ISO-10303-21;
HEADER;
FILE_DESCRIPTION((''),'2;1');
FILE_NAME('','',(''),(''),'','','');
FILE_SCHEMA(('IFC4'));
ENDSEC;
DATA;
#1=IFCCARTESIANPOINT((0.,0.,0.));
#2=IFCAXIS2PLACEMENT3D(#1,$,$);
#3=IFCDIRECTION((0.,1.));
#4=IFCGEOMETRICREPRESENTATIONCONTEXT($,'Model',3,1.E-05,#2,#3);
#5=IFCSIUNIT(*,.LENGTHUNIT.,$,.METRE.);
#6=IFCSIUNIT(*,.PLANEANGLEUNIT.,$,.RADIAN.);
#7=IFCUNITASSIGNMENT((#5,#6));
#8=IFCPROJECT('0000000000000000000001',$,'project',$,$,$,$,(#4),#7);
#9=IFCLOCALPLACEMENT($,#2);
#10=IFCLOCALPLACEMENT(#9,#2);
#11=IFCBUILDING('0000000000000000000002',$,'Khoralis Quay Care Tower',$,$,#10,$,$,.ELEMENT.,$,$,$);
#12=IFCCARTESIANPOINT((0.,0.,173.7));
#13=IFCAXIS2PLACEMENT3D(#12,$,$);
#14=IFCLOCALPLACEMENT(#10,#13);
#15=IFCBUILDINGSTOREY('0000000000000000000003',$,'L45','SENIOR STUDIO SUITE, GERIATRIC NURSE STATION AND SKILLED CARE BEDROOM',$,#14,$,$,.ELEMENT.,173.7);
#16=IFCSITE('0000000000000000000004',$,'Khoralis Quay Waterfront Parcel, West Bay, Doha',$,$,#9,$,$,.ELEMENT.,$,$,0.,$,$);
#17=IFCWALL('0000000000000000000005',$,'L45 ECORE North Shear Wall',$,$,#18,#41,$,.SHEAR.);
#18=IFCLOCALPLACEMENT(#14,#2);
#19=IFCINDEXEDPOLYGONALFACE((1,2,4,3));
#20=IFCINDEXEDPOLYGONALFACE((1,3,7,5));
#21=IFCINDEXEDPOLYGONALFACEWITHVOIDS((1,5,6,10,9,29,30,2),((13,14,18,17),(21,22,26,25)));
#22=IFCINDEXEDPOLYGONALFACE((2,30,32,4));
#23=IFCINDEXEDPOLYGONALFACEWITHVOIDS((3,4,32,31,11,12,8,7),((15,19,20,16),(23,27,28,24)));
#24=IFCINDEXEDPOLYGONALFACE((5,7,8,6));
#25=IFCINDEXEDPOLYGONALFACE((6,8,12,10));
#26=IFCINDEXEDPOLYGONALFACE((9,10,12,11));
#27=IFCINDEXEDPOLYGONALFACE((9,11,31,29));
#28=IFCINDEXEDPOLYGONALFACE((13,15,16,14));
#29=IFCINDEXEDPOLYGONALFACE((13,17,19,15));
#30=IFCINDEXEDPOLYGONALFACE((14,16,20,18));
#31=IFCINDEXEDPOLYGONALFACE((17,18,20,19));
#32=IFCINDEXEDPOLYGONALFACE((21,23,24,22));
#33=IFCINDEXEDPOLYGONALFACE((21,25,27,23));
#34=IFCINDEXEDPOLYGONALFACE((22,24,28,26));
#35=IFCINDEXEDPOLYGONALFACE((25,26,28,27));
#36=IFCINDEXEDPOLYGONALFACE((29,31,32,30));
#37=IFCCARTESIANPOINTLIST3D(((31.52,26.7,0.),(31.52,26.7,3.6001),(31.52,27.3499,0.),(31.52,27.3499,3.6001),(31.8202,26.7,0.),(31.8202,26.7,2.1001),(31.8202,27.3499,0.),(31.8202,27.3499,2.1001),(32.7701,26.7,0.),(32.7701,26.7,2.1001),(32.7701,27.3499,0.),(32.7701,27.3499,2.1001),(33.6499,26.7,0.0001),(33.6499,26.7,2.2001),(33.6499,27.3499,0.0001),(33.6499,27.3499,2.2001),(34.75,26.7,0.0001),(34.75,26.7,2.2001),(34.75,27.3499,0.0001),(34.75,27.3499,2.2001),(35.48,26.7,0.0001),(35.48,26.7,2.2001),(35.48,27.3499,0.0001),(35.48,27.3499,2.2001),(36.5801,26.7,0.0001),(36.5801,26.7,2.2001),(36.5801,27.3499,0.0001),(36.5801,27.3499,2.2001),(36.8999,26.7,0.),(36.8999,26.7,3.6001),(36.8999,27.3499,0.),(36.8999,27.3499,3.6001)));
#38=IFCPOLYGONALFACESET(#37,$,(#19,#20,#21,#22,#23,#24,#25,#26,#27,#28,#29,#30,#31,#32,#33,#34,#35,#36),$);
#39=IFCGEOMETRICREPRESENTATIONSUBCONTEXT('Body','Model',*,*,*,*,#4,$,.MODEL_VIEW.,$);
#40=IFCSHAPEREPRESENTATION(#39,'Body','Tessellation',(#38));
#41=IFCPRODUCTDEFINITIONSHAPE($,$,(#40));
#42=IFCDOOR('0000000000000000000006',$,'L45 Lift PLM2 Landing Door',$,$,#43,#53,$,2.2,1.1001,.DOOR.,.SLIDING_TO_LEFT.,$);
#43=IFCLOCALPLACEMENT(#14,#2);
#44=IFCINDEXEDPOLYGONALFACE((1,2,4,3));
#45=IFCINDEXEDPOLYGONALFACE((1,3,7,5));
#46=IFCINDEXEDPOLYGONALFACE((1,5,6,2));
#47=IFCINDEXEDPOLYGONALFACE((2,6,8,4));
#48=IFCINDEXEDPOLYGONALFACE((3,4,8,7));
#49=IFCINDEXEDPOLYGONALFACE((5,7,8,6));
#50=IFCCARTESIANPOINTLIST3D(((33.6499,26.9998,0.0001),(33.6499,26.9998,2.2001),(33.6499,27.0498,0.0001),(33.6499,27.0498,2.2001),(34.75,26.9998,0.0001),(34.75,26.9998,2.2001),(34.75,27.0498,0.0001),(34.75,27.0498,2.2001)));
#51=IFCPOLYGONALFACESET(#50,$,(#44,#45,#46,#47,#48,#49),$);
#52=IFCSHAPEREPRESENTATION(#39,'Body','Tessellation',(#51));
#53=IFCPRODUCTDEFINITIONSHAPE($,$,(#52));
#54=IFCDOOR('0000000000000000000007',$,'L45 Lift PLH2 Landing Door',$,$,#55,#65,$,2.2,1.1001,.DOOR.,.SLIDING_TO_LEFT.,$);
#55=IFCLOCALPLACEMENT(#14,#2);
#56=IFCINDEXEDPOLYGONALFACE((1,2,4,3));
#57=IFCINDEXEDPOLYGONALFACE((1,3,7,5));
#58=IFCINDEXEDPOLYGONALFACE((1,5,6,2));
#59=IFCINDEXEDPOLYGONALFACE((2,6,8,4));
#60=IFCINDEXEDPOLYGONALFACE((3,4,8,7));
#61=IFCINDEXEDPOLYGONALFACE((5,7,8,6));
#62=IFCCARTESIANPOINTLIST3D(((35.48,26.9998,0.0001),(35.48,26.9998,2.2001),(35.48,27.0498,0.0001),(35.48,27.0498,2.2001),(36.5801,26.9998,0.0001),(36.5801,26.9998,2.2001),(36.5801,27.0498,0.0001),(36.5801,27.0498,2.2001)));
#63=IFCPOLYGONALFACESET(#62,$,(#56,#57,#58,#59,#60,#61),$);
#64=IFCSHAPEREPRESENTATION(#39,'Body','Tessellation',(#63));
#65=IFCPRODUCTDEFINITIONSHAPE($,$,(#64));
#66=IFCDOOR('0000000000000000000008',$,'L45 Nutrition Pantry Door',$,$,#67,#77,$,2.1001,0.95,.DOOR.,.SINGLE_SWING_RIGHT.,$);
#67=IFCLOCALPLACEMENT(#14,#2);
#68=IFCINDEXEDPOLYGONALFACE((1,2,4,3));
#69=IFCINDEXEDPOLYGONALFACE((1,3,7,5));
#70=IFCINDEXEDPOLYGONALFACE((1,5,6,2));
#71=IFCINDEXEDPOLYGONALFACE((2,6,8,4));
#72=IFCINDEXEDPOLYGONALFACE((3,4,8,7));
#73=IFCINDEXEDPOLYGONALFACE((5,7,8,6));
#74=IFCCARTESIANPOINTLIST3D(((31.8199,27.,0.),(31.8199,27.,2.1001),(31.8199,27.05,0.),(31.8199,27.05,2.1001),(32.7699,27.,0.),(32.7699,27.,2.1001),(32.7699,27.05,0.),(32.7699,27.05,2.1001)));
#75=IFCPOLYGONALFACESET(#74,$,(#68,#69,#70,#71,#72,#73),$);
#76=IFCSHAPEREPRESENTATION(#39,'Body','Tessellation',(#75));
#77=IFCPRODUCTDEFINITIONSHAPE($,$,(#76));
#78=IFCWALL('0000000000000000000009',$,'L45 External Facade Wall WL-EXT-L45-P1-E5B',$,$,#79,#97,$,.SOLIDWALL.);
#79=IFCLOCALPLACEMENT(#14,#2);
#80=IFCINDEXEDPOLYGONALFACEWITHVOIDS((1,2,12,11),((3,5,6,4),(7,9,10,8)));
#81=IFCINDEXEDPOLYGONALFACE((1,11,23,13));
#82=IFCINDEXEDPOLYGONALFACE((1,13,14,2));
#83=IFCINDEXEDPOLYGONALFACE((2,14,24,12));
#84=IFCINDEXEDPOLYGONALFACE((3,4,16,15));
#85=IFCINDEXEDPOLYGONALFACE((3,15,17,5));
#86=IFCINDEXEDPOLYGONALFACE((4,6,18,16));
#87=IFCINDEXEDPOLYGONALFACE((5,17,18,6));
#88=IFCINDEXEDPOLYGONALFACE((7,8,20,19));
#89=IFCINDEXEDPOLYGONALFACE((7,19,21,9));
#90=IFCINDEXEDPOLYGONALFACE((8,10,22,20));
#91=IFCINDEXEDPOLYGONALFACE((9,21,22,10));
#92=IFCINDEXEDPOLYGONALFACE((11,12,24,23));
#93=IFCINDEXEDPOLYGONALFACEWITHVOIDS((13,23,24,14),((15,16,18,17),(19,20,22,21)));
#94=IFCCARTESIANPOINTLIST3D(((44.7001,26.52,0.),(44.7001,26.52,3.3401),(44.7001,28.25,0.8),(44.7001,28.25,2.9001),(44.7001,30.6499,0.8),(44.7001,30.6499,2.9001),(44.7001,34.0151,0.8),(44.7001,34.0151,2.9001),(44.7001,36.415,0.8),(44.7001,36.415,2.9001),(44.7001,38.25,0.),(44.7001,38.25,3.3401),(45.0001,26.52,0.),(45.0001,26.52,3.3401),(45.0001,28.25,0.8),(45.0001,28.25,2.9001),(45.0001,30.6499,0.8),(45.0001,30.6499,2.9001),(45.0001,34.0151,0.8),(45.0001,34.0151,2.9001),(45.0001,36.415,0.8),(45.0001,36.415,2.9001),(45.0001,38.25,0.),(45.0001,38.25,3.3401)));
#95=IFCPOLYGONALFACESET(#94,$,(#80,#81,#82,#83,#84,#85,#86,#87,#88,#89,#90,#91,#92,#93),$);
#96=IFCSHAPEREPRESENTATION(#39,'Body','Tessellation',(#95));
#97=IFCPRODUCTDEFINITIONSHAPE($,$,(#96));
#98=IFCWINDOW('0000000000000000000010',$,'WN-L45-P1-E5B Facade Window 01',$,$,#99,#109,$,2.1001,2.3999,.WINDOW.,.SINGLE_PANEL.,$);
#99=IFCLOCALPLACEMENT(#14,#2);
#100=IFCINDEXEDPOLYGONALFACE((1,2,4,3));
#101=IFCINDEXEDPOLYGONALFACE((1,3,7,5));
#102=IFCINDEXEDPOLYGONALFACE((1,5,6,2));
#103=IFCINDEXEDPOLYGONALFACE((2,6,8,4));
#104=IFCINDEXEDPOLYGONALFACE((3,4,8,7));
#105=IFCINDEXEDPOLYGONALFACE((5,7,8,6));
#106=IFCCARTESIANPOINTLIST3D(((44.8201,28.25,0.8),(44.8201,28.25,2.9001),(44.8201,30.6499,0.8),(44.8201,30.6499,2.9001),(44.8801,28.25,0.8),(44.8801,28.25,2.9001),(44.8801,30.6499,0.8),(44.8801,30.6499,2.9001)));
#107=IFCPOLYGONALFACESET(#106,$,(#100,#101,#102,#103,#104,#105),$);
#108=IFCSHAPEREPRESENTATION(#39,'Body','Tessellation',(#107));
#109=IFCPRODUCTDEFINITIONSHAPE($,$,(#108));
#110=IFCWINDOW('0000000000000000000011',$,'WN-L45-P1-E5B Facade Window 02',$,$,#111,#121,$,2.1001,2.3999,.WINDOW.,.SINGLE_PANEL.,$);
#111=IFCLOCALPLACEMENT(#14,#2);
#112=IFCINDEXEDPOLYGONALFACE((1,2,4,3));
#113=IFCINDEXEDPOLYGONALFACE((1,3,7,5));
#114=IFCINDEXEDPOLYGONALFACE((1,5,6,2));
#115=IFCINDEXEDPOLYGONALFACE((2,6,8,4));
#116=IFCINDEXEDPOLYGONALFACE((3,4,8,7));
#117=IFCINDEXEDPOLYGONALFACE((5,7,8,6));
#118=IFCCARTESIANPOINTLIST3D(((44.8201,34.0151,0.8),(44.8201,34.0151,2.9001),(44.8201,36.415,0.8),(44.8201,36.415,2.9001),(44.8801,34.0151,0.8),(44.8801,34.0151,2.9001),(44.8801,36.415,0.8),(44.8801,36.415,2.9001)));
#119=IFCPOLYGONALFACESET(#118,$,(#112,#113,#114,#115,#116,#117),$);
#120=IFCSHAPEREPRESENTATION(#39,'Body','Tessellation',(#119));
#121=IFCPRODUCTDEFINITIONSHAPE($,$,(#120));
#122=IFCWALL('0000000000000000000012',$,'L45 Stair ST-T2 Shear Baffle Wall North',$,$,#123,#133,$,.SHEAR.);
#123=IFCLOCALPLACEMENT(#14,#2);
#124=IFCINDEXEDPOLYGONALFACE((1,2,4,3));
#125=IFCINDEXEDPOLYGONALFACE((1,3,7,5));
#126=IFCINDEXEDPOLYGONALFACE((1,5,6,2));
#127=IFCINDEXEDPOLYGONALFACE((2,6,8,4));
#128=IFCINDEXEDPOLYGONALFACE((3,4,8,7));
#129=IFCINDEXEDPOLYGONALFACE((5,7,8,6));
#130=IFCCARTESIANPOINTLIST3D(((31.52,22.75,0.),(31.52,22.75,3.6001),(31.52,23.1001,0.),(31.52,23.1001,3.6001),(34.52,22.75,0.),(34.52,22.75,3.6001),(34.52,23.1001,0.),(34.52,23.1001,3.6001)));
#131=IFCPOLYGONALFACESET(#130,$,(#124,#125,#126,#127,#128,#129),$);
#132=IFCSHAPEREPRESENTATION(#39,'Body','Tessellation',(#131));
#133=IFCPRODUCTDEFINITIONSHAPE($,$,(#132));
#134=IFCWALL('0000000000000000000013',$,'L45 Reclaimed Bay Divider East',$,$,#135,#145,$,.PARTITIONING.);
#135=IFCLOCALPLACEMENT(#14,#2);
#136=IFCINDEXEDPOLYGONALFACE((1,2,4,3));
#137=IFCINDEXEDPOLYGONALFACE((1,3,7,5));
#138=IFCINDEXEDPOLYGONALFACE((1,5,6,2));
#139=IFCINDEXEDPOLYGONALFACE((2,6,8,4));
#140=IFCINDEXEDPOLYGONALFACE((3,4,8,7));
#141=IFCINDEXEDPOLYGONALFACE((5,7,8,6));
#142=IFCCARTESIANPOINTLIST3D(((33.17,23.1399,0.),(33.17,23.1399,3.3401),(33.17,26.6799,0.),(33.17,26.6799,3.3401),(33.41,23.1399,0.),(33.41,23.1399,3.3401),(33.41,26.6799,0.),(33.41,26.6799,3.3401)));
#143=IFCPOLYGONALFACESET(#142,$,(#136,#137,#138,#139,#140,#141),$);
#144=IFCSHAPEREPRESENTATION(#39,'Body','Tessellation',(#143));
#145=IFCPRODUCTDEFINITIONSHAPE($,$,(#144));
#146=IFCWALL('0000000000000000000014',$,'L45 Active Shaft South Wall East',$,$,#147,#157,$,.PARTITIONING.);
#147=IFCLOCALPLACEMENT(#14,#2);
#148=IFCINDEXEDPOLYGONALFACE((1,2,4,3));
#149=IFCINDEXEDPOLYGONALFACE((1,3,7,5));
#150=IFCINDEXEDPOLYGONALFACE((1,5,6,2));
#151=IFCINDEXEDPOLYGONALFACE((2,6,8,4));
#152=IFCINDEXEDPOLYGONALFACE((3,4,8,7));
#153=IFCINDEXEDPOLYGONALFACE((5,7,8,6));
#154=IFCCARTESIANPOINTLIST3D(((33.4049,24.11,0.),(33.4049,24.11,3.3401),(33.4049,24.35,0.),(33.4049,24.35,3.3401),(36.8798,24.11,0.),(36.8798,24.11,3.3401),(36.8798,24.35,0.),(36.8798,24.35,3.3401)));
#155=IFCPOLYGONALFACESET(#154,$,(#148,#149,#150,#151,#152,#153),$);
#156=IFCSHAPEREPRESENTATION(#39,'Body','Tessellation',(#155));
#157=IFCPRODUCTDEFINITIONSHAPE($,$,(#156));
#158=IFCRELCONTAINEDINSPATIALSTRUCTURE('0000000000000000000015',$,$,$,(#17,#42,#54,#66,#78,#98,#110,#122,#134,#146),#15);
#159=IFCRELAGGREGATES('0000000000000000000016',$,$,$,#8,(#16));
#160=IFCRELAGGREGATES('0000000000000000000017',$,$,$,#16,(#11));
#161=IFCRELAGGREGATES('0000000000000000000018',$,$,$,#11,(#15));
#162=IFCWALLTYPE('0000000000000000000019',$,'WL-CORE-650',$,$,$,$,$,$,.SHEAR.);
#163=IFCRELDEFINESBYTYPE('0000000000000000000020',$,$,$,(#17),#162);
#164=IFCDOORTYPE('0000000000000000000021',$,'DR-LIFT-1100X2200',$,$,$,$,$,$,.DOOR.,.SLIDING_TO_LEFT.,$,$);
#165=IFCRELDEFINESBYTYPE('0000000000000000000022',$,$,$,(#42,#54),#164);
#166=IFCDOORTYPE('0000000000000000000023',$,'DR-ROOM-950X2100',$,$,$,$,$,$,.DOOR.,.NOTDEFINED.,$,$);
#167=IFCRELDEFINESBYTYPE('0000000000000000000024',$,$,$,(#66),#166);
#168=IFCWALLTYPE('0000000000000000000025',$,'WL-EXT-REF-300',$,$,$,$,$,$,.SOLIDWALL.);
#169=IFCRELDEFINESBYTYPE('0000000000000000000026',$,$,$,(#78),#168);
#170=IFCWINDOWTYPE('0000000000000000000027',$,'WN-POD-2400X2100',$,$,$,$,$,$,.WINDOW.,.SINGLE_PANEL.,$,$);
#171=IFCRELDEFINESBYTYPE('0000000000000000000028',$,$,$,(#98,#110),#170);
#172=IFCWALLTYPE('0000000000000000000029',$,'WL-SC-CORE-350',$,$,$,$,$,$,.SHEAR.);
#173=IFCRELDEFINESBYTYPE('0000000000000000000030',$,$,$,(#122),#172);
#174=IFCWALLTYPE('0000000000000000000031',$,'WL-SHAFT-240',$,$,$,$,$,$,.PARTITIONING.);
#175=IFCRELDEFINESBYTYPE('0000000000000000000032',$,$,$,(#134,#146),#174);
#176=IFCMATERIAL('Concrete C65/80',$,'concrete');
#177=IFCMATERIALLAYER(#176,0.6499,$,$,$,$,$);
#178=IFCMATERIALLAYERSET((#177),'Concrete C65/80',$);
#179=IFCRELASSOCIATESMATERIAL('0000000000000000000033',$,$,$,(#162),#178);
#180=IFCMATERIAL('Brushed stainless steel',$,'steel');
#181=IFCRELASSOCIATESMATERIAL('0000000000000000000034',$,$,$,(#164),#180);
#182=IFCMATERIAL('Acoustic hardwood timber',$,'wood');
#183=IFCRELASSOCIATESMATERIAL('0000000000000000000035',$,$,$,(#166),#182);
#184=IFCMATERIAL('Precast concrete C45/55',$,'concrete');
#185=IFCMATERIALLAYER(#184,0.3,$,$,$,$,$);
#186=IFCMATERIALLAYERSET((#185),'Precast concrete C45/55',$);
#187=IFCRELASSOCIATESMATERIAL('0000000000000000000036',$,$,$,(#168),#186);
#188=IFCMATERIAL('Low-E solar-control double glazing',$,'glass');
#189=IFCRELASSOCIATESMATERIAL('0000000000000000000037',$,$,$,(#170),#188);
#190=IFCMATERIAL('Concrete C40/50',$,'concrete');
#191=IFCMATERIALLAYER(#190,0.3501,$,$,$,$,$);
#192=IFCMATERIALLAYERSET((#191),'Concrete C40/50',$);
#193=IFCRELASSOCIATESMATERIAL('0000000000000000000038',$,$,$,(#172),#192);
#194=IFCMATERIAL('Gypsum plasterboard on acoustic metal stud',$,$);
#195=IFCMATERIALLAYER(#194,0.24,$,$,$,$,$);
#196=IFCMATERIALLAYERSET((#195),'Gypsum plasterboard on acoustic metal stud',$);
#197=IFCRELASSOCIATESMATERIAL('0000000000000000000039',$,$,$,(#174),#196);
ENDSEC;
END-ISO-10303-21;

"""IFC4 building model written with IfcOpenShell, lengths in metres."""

from ifc_helpers import new_model, si_unit, direction, frame, frame_2d, origin, place, context, subcontext, project, spatial, rectangle, extrude, source, transform, mapped, material, layer, layer_set, type_object, element, fill, save


model = new_model("IFC4")

# Units and contexts
model_context = context("Model", 3, precision=1e-05, world=origin(), true_north=direction((0.0, 1.0)))
body_context = subcontext(model_context, "Body", "Model", "MODEL_VIEW")
ifc_project = project(units=[si_unit("LENGTHUNIT", "METRE"), si_unit("PLANEANGLEUNIT", "RADIAN")], contexts=[model_context])

# Site, building, storey
site_placement = place(None, origin())
site = spatial("IfcSite", under=ifc_project, at=site_placement, Name="Khoralis Quay Waterfront Parcel, West Bay, Doha", CompositionType="ELEMENT", RefElevation=0.0)
building_placement = place(site_placement, origin())
building = spatial("IfcBuilding", under=site, at=building_placement, Name="Khoralis Quay Care Tower", CompositionType="ELEMENT")
storey_placement = place(building_placement, frame((0.0, 0.0, 173.7)))
storey = spatial("IfcBuildingStorey", under=building, at=storey_placement, Name="L45", Description="SENIOR STUDIO SUITE, GERIATRIC NURSE STATION AND SKILLED CARE BEDROOM", CompositionType="ELEMENT", Elevation=173.7)

# Shared definitions
ifc_material_1 = material(Name="Concrete C65/80", Category="concrete")

# Shared definitions
ifc_material_2 = material(Name="Low-E solar-control double glazing", Category="glass")

# Wall, openings, doors
ifc_layer_1 = layer(ifc_material_1, 0.6499)
ifc_layer_set_1 = layer_set([ifc_layer_1], Name="Concrete C65/80")
wall_type_1 = type_object("IfcWallType", Name="WL-CORE-650", PredefinedType="SHEAR", material=ifc_layer_set_1)
wall_1_placement = place(storey_placement, frame((31.52, 27.0249, 0.0), z_axis=(0.0, 0.0, 1.0), x_axis=(1.0, 0.0, 0.0)))
wall_1 = element("IfcWall", 1, at=wall_1_placement, inside=storey, type_object=wall_type_1, Name="L45 ECORE North Shear Wall", PredefinedType="SHEAR", context=body_context, shape_type="SweptSolid", body=[
    extrude(rectangle(XDim=5.3799, YDim=0.6499, at=frame_2d((2.6899, 0.0))), origin(), (0.0, 0.0, 1.0), 3.6001),
])
opening_1_placement = place(wall_1_placement, frame((0.3, 0.0, 0.0)))
opening_1 = element("IfcOpeningElement", 2, at=opening_1_placement, cuts=wall_1, PredefinedType="OPENING", context=body_context, shape_type="SweptSolid", body=[
    extrude(rectangle(XDim=0.95, YDim=2.1001, at=frame_2d((0.4751, 1.05))), frame((0.0, 0.335, 0.0), z_axis=(0.0, -1.0, 0.0), x_axis=(1.0, 0.0, 0.0)), (0.0, 0.0, 1.0), 0.6699),
])
opening_2_placement = place(wall_1_placement, frame((2.1299, 0.0, 0.0)))
opening_2 = element("IfcOpeningElement", 3, at=opening_2_placement, cuts=wall_1, PredefinedType="OPENING", context=body_context, shape_type="SweptSolid", body=[
    extrude(rectangle(XDim=1.1001, YDim=2.2, at=frame_2d((0.55, 1.1001))), frame((0.0, 0.335, 0.0), z_axis=(0.0, -1.0, 0.0), x_axis=(1.0, 0.0, 0.0)), (0.0, 0.0, 1.0), 0.6699),
])
opening_3_placement = place(wall_1_placement, frame((3.96, 0.0, 0.0)))
opening_3 = element("IfcOpeningElement", 4, at=opening_3_placement, cuts=wall_1, PredefinedType="OPENING", context=body_context, shape_type="SweptSolid", body=[
    extrude(rectangle(XDim=1.1001, YDim=2.2, at=frame_2d((0.55, 1.1001))), frame((0.0, 0.335, 0.0), z_axis=(0.0, -1.0, 0.0), x_axis=(1.0, 0.0, 0.0)), (0.0, 0.0, 1.0), 0.6699),
])
ifc_material_3 = material(Name="Brushed stainless steel", Category="steel")
door_type_1 = type_object("IfcDoorType", Name="DR-LIFT-1100X2200", OperationType="SLIDING_TO_LEFT", PredefinedType="DOOR", material=ifc_material_3)
shared_shape_1 = source(origin(), body_context, "Body", "SweptSolid", [
    extrude(rectangle(XDim=1.1001, YDim=2.2, at=frame_2d((0.55, 1.1001))), frame((0.0, 0.0249, 0.0), z_axis=(0.0, -1.0, 0.0), x_axis=(1.0, 0.0, 0.0)), (0.0, 0.0, 1.0), 0.05),
])
door_1_placement = place(opening_2_placement, origin())
door_1 = element("IfcDoor", 5, at=door_1_placement, inside=storey, type_object=door_type_1, Name="L45 Lift PLM2 Landing Door", OperationType="SLIDING_TO_LEFT", OverallHeight=2.2, OverallWidth=1.1001, PredefinedType="DOOR", context=body_context, shape_type="MappedRepresentation", body=[
    mapped(shared_shape_1, transform((0.0, 0.0, 0.0), scale=1.0)),
])
fill(opening_2, door_1)
door_2_placement = place(opening_3_placement, origin())
door_2 = element("IfcDoor", 6, at=door_2_placement, inside=storey, type_object=door_type_1, Name="L45 Lift PLH2 Landing Door", OperationType="SLIDING_TO_LEFT", OverallHeight=2.2, OverallWidth=1.1001, PredefinedType="DOOR", context=body_context, shape_type="MappedRepresentation", body=[
    mapped(shared_shape_1, transform((0.0, 0.0, 0.0), scale=1.0)),
])
fill(opening_3, door_2)
ifc_material_4 = material(Name="Acoustic hardwood timber", Category="wood")
door_type_2 = type_object("IfcDoorType", Name="DR-ROOM-950X2100", OperationType="NOTDEFINED", PredefinedType="DOOR", material=ifc_material_4)
shared_shape_2 = source(origin(), body_context, "Body", "SweptSolid", [
    extrude(rectangle(XDim=0.95, YDim=2.1001, at=frame_2d((0.4751, 1.05))), frame((0.0, 0.0249, 0.0), z_axis=(0.0, -1.0, 0.0), x_axis=(1.0, 0.0, 0.0)), (0.0, 0.0, 1.0), 0.05),
])
door_3_placement = place(opening_1_placement, frame((0.95, 0.0, 0.0), z_axis=(0.0, 0.0, 1.0), x_axis=(-1.0, 0.0, 0.0)))
door_3 = element("IfcDoor", 7, at=door_3_placement, inside=storey, type_object=door_type_2, Name="L45 Nutrition Pantry Door", OperationType="SINGLE_SWING_RIGHT", OverallHeight=2.1001, OverallWidth=0.95, PredefinedType="DOOR", context=body_context, shape_type="MappedRepresentation", body=[
    mapped(shared_shape_2, transform((0.0, 0.0, 0.0), scale=1.0)),
])
fill(opening_1, door_3)

# Wall, openings, windows
ifc_material_5 = material(Name="Precast concrete C45/55", Category="concrete")
ifc_layer_2 = layer(ifc_material_5, 0.3)
ifc_layer_set_2 = layer_set([ifc_layer_2], Name="Precast concrete C45/55")
wall_type_2 = type_object("IfcWallType", Name="WL-EXT-REF-300", PredefinedType="SOLIDWALL", material=ifc_layer_set_2)
wall_2_placement = place(storey_placement, frame((44.8501, 26.52, 0.0), z_axis=(0.0, 0.0, 1.0), x_axis=(0.0, 1.0, 0.0)))
wall_2 = element("IfcWall", 8, at=wall_2_placement, inside=storey, type_object=wall_type_2, Name="L45 External Facade Wall WL-EXT-L45-P1-E5B", PredefinedType="SOLIDWALL", context=body_context, shape_type="SweptSolid", body=[
    extrude(rectangle(XDim=11.73, YDim=0.3, at=frame_2d((5.865, 0.0))), origin(), (0.0, 0.0, 1.0), 3.3401),
])
opening_4_placement = place(wall_2_placement, frame((1.73, 0.0, 0.8)))
opening_4 = element("IfcOpeningElement", 9, at=opening_4_placement, cuts=wall_2, PredefinedType="OPENING", context=body_context, shape_type="SweptSolid", body=[
    extrude(rectangle(XDim=2.3999, YDim=2.1001, at=frame_2d((1.2, 1.05))), frame((0.0, 0.1602, 0.0), z_axis=(0.0, -1.0, 0.0), x_axis=(1.0, 0.0, 0.0)), (0.0, 0.0, 1.0), 0.3201),
])
opening_5_placement = place(wall_2_placement, frame((7.4951, 0.0, 0.8)))
opening_5 = element("IfcOpeningElement", 10, at=opening_5_placement, cuts=wall_2, PredefinedType="OPENING", context=body_context, shape_type="SweptSolid", body=[
    extrude(rectangle(XDim=2.3999, YDim=2.1001, at=frame_2d((1.2, 1.05))), frame((0.0, 0.1602, 0.0), z_axis=(0.0, -1.0, 0.0), x_axis=(1.0, 0.0, 0.0)), (0.0, 0.0, 1.0), 0.3201),
])
window_type = type_object("IfcWindowType", Name="WN-POD-2400X2100", PartitioningType="SINGLE_PANEL", PredefinedType="WINDOW", material=ifc_material_2)
shared_shape_3 = source(origin(), body_context, "Body", "SweptSolid", [
    extrude(rectangle(XDim=2.3999, YDim=2.1001, at=frame_2d((1.2, 1.05))), frame((0.0, 0.03, 0.0), z_axis=(0.0, -1.0, 0.0), x_axis=(1.0, 0.0, 0.0)), (0.0, 0.0, 1.0), 0.0601),
])
window_1_placement = place(opening_4_placement, origin())
window_1 = element("IfcWindow", 11, at=window_1_placement, inside=storey, type_object=window_type, Name="WN-L45-P1-E5B Facade Window 01", OverallHeight=2.1001, OverallWidth=2.3999, PartitioningType="SINGLE_PANEL", PredefinedType="WINDOW", context=body_context, shape_type="MappedRepresentation", body=[
    mapped(shared_shape_3, transform((0.0, 0.0, 0.0), scale=1.0)),
])
fill(opening_4, window_1)
window_2_placement = place(opening_5_placement, origin())
window_2 = element("IfcWindow", 12, at=window_2_placement, inside=storey, type_object=window_type, Name="WN-L45-P1-E5B Facade Window 02", OverallHeight=2.1001, OverallWidth=2.3999, PartitioningType="SINGLE_PANEL", PredefinedType="WINDOW", context=body_context, shape_type="MappedRepresentation", body=[
    mapped(shared_shape_3, transform((0.0, 0.0, 0.0), scale=1.0)),
])
fill(opening_5, window_2)

# Walls
ifc_material_6 = material(Name="Concrete C40/50", Category="concrete")
ifc_layer_3 = layer(ifc_material_6, 0.3501)
ifc_layer_set_3 = layer_set([ifc_layer_3], Name="Concrete C40/50")
wall_type_3 = type_object("IfcWallType", Name="WL-SC-CORE-350", PredefinedType="SHEAR", material=ifc_layer_set_3)
wall_3_placement = place(storey_placement, frame((31.52, 22.925, 0.0), z_axis=(0.0, 0.0, 1.0), x_axis=(1.0, 0.0, 0.0)))
element("IfcWall", 13, at=wall_3_placement, inside=storey, type_object=wall_type_3, Name="L45 Stair ST-T2 Shear Baffle Wall North", PredefinedType="SHEAR", context=body_context, shape_type="SweptSolid", body=[
    extrude(rectangle(XDim=3.0, YDim=0.3501, at=frame_2d((1.5, 0.0))), origin(), (0.0, 0.0, 1.0), 3.6001),
])
ifc_material_7 = material(Name="Gypsum plasterboard on acoustic metal stud")
ifc_layer_4 = layer(ifc_material_7, 0.24)
ifc_layer_set_4 = layer_set([ifc_layer_4], Name="Gypsum plasterboard on acoustic metal stud")
wall_type_4 = type_object("IfcWallType", Name="WL-SHAFT-240", PredefinedType="PARTITIONING", material=ifc_layer_set_4)
wall_4_placement = place(storey_placement, frame((33.29, 23.1399, 0.0), z_axis=(0.0, 0.0, 1.0), x_axis=(0.0, 1.0, 0.0)))
element("IfcWall", 14, at=wall_4_placement, inside=storey, type_object=wall_type_4, Name="L45 Reclaimed Bay Divider East", PredefinedType="PARTITIONING", context=body_context, shape_type="SweptSolid", body=[
    extrude(rectangle(XDim=3.54, YDim=0.24, at=frame_2d((1.77, 0.0))), origin(), (0.0, 0.0, 1.0), 3.3401),
])
wall_5_placement = place(storey_placement, frame((33.405, 24.23, 0.0), z_axis=(0.0, 0.0, 1.0), x_axis=(1.0, 0.0, 0.0)))
element("IfcWall", 15, at=wall_5_placement, inside=storey, type_object=wall_type_4, Name="L45 Active Shaft South Wall East", PredefinedType="PARTITIONING", context=body_context, shape_type="SweptSolid", body=[
    extrude(rectangle(XDim=3.4749, YDim=0.24, at=frame_2d((1.7373, 0.0))), origin(), (0.0, 0.0, 1.0), 3.3401),
])

save(model, "model.ifc")
